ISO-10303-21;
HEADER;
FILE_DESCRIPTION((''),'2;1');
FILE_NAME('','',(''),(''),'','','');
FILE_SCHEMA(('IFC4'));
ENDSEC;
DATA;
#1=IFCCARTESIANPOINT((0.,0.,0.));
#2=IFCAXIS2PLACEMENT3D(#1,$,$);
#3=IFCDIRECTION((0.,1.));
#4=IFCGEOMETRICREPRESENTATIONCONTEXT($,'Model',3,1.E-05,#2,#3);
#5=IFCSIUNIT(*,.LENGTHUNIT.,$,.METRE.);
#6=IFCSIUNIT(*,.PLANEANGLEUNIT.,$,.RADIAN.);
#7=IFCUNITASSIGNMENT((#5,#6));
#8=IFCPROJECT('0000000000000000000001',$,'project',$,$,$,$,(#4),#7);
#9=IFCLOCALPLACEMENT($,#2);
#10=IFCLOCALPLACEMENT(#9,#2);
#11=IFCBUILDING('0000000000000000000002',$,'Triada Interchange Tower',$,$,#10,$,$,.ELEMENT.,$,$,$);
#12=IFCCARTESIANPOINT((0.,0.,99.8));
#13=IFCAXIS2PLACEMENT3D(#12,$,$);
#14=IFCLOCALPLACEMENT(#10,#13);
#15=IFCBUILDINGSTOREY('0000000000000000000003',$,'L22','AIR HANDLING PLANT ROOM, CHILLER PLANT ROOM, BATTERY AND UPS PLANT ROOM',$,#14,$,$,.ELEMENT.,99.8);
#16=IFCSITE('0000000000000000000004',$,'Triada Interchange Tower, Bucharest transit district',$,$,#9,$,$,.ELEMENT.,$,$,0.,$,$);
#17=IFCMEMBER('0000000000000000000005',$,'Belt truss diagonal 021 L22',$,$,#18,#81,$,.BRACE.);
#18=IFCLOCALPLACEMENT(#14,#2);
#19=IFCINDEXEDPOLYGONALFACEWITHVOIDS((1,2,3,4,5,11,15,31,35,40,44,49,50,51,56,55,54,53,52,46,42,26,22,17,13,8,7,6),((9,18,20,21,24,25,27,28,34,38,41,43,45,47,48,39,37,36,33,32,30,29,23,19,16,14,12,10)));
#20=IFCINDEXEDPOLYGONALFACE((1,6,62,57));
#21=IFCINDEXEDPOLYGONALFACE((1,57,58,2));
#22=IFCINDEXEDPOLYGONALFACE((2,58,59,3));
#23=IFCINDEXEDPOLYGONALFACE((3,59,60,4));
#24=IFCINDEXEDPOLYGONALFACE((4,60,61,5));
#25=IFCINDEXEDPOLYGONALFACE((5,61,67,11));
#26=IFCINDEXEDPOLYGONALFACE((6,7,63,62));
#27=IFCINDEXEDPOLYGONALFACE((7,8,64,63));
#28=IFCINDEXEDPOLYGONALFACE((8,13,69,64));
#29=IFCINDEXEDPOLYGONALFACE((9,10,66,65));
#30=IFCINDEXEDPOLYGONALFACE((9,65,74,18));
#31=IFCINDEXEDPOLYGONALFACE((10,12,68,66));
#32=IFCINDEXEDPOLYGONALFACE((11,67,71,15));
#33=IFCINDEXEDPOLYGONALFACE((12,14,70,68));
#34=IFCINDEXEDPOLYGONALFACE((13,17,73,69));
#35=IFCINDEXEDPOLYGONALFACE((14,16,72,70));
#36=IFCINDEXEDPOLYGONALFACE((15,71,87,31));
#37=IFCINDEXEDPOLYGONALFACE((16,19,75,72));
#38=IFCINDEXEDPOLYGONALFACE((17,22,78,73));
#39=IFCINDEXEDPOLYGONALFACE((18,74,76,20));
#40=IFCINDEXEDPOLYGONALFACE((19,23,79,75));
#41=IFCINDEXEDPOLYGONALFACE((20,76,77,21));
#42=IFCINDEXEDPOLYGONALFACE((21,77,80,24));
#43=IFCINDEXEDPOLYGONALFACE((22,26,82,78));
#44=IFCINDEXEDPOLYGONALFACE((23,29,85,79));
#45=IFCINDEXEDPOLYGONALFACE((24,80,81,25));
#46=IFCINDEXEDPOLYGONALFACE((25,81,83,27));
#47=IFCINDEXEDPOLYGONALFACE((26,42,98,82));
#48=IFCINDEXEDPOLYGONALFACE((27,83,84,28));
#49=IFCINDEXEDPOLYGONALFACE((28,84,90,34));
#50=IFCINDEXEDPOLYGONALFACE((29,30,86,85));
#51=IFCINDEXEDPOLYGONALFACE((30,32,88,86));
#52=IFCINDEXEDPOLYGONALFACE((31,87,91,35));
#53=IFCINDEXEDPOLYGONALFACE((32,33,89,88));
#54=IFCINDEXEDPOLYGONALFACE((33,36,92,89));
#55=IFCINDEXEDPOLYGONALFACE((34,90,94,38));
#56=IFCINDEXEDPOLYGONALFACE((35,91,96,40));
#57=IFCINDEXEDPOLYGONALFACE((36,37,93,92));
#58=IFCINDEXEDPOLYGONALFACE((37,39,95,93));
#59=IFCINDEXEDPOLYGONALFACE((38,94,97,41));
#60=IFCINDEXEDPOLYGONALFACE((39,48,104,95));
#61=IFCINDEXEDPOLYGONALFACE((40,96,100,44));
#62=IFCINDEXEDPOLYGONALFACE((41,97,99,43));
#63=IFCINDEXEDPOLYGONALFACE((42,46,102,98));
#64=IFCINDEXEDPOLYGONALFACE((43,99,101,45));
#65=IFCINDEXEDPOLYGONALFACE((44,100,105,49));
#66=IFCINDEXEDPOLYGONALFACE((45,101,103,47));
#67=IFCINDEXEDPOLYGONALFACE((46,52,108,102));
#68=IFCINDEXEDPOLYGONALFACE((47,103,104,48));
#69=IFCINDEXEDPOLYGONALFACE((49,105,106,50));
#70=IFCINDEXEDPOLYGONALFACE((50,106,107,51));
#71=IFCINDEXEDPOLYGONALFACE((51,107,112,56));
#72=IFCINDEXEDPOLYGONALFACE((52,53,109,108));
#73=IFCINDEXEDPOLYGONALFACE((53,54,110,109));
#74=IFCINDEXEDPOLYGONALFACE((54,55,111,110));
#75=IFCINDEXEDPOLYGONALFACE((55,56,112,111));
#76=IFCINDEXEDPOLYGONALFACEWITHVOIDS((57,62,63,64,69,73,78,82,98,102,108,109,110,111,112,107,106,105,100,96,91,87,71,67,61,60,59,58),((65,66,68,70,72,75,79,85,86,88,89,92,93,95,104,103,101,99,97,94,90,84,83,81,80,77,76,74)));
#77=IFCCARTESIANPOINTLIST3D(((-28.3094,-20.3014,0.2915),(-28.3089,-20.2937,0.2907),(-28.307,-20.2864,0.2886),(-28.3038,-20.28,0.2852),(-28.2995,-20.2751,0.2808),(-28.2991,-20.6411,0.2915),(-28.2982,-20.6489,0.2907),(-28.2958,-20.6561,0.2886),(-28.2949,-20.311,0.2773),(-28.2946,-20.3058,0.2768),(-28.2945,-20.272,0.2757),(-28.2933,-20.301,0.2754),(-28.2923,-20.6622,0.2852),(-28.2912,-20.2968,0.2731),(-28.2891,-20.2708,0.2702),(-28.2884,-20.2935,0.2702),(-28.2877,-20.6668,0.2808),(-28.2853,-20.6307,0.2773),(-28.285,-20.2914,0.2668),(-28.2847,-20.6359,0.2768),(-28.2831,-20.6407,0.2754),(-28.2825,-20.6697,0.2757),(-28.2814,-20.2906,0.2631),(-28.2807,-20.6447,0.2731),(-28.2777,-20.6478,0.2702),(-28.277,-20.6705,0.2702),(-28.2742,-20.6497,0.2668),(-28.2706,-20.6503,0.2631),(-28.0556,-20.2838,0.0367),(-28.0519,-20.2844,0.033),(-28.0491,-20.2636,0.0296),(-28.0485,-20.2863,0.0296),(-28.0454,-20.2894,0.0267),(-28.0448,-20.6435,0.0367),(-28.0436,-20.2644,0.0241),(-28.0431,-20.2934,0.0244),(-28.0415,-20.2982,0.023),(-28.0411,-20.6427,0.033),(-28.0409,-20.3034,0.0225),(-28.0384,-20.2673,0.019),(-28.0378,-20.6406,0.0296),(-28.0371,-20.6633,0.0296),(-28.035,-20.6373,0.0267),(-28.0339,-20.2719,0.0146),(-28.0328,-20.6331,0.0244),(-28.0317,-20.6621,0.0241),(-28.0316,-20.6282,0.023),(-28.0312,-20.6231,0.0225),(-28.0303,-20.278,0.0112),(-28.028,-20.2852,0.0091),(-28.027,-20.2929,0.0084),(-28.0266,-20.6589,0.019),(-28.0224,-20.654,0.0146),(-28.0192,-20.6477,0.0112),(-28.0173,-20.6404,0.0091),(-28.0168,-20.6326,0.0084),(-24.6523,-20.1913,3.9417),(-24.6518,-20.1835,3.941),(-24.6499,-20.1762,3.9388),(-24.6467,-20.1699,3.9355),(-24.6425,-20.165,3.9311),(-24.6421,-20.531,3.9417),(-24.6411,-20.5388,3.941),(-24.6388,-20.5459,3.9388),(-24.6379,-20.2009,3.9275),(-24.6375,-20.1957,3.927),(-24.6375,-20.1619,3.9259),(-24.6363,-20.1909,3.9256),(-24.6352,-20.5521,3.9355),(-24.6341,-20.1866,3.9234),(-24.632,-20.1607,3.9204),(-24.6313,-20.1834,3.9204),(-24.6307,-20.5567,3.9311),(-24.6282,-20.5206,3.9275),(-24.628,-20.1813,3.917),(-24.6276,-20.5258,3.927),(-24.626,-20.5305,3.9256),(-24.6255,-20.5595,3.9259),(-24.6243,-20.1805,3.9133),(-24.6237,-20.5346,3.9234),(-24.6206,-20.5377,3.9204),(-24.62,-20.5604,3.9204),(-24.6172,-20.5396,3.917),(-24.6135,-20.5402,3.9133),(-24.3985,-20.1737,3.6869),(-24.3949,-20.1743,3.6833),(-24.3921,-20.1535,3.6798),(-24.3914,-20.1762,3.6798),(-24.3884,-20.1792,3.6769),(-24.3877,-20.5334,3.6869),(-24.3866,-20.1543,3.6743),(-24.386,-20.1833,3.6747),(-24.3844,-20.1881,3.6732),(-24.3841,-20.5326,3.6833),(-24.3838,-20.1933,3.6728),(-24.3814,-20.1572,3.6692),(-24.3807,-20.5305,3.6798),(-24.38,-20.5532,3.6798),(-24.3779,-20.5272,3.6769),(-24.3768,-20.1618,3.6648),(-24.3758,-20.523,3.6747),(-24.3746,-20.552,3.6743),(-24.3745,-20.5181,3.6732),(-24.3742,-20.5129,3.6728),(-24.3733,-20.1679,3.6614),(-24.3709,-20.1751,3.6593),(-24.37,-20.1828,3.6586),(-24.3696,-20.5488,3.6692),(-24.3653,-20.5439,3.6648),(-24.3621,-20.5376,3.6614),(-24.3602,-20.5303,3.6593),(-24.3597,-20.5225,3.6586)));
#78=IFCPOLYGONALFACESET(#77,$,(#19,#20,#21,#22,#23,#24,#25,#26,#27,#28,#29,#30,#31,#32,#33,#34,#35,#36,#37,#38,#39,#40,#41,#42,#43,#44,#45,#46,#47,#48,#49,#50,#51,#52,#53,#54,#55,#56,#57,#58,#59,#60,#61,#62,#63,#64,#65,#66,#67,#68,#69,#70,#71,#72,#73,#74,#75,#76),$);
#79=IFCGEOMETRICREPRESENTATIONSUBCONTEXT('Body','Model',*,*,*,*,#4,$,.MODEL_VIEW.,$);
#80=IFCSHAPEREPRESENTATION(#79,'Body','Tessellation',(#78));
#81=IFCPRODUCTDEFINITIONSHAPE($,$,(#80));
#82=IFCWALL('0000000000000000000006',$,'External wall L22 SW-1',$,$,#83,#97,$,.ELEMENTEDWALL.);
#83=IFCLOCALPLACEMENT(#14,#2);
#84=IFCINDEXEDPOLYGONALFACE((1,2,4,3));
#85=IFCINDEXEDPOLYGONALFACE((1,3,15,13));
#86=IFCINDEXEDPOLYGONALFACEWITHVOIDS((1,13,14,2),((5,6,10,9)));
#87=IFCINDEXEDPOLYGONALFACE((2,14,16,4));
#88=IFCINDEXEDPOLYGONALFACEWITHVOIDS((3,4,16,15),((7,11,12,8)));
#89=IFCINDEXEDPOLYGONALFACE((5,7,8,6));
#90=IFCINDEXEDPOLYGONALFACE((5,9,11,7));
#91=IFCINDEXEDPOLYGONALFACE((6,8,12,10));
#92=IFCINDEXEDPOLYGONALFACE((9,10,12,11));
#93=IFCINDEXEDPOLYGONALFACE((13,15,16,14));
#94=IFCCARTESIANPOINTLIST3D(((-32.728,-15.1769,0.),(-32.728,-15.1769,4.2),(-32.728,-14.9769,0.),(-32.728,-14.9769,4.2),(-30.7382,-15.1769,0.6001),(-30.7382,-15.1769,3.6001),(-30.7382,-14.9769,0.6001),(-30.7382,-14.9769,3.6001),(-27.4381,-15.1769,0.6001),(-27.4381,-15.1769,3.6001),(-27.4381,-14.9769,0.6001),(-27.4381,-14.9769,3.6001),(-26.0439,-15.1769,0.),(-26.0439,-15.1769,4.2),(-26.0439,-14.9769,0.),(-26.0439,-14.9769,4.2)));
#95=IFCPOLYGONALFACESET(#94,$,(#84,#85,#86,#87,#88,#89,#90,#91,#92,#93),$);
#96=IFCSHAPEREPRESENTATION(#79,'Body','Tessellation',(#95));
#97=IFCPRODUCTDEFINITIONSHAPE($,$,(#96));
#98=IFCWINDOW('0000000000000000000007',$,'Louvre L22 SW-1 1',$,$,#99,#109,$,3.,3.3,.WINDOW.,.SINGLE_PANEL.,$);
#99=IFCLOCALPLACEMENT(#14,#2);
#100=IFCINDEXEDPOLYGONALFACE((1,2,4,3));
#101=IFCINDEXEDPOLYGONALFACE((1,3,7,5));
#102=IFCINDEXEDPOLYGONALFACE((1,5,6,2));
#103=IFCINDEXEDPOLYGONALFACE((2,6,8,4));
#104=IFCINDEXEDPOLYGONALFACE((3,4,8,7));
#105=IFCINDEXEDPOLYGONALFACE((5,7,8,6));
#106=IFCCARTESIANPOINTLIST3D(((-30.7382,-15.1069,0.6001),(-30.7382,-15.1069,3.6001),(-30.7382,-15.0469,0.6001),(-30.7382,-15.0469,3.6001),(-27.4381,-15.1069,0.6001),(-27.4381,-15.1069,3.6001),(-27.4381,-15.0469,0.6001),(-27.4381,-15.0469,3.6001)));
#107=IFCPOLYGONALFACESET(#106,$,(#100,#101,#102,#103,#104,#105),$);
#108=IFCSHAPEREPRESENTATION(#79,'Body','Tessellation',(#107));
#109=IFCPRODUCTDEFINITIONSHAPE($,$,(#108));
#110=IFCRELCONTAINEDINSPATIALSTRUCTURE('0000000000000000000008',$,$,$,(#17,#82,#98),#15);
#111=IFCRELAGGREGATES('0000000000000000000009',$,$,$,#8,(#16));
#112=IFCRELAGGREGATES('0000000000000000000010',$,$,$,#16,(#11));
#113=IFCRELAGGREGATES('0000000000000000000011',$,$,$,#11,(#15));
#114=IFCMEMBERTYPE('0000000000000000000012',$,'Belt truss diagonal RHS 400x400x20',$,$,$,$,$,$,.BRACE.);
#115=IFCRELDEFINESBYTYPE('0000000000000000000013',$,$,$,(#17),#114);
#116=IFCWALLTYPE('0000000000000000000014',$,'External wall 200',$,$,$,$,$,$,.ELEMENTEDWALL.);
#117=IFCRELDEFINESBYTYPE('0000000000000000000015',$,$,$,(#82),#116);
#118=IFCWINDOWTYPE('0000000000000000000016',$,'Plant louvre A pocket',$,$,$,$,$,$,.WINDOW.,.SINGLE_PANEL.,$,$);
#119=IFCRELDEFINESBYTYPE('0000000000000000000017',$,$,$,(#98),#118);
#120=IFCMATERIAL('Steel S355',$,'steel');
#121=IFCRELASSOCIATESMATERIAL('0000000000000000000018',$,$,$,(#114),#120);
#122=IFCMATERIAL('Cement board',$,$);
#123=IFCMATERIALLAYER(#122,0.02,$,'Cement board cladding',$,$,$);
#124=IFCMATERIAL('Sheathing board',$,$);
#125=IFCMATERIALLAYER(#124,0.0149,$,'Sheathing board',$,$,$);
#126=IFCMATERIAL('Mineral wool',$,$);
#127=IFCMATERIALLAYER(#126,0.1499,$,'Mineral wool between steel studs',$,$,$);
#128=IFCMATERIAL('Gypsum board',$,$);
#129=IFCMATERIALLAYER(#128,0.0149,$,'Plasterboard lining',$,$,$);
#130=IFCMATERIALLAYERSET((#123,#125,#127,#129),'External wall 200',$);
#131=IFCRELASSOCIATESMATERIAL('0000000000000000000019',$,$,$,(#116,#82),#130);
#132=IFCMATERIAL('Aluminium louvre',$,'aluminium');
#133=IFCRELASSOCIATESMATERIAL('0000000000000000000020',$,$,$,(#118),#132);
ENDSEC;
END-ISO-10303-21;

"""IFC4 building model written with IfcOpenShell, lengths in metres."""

from ifc_helpers import new_model, si_unit, direction, frame, frame_2d, origin, origin_2d, place, context, subcontext, project, spatial, rectangle, hollow_rectangle, extrude, material, layer, layer_set, layer_usage, material_profile, profile_set, type_object, element, fill, save


model = new_model("IFC4")

# Units and contexts
model_context = context("Model", 3, precision=1e-05, world=origin(), true_north=direction((0.0, 1.0)))
body_context = subcontext(model_context, "Body", "Model", "MODEL_VIEW")
ifc_project = project(units=[si_unit("LENGTHUNIT", "METRE"), si_unit("PLANEANGLEUNIT", "RADIAN")], contexts=[model_context])

# Site, building, storey
site_placement = place(None, origin())
site = spatial("IfcSite", under=ifc_project, at=site_placement, Name="Triada Interchange Tower, Bucharest transit district", CompositionType="ELEMENT", RefElevation=0.0)
building_placement = place(site_placement, origin())
building = spatial("IfcBuilding", under=site, at=building_placement, Name="Triada Interchange Tower", CompositionType="ELEMENT")
storey_placement = place(building_placement, frame((0.0, 0.0, 99.8)))
storey = spatial("IfcBuildingStorey", under=building, at=storey_placement, Name="L22", Description="AIR HANDLING PLANT ROOM, CHILLER PLANT ROOM, BATTERY AND UPS PLANT ROOM", CompositionType="ELEMENT", Elevation=99.8)

# Member
ifc_material_1 = material(Name="Steel S355", Category="steel")
ifc_material_profile_1 = material_profile(ifc_material_1, hollow_rectangle(XDim=0.3999, YDim=0.3999, WallThickness=0.02, InnerFilletRadius=0.02, OuterFilletRadius=0.03, at=origin_2d()), Name="RHS 400x400x20")
ifc_profile_set_1 = profile_set([ifc_material_profile_1], Name="Steel S355")
member_type = type_object("IfcMemberType", Name="Belt truss diagonal RHS 400x400x20", PredefinedType="BRACE", material=ifc_profile_set_1)
member_1_placement = place(storey_placement, frame((-28.1631, -20.467, 0.1499), z_axis=(0.707607, 0.021305, 0.706285), x_axis=(-0.030095, 0.999547, 0.0)))
element("IfcMember", 1, at=member_1_placement, inside=storey, type_object=member_type, Name="Belt truss diagonal 021 L22", PredefinedType="BRACE", context=body_context, shape_type="SweptSolid", body=[
    extrude(hollow_rectangle(XDim=0.3999, YDim=0.3999, WallThickness=0.02, InnerFilletRadius=0.02, OuterFilletRadius=0.03, at=origin_2d()), origin(), (0.0, 0.0, 1.0), 5.1682),
])

# Wall, opening, window
ifc_material_2 = material(Name="Cement board")
ifc_layer_1 = layer(ifc_material_2, 0.02, Name="Cement board cladding")
ifc_material_3 = material(Name="Sheathing board")
ifc_layer_2 = layer(ifc_material_3, 0.0149, Name="Sheathing board")
ifc_material_4 = material(Name="Mineral wool")
ifc_layer_3 = layer(ifc_material_4, 0.1499, Name="Mineral wool between steel studs")
ifc_material_5 = material(Name="Gypsum board")
ifc_layer_4 = layer(ifc_material_5, 0.0149, Name="Plasterboard lining")
ifc_layer_set_1 = layer_set([ifc_layer_1, ifc_layer_2, ifc_layer_3, ifc_layer_4], Name="External wall 200")
ifc_layer_usage = layer_usage(ifc_layer_set_1, "AXIS2", "POSITIVE", -0.1001)
wall_type_1 = type_object("IfcWallType", Name="External wall 200", PredefinedType="ELEMENTEDWALL", material=ifc_layer_set_1)
wall_1_placement = place(storey_placement, frame((-32.728, -15.0769, 0.0), z_axis=(0.0, 0.0, 1.0), x_axis=(1.0, 0.0, 0.0)))
wall_1 = element("IfcWall", 2, at=wall_1_placement, inside=storey, type_object=wall_type_1, material=ifc_layer_usage, Name="External wall L22 SW-1", PredefinedType="ELEMENTEDWALL", context=body_context, shape_type="SweptSolid", body=[
    extrude(rectangle(XDim=6.6841, YDim=0.2, at=frame_2d((3.342, 0.0))), origin(), (0.0, 0.0, 1.0), 4.2),
])
opening_1_placement = place(wall_1_placement, frame((1.99, 0.0, 0.6001)))
opening_1 = element("IfcOpeningElement", 3, at=opening_1_placement, cuts=wall_1, PredefinedType="OPENING", context=body_context, shape_type="SweptSolid", body=[
    extrude(rectangle(XDim=3.3, YDim=3.0, at=frame_2d((1.6499, 1.5))), frame((0.0, 0.1099, 0.0), z_axis=(0.0, -1.0, 0.0), x_axis=(1.0, 0.0, 0.0)), (0.0, 0.0, 1.0), 0.22),
])
ifc_material_6 = material(Name="Aluminium louvre", Category="aluminium")
window_type_1 = type_object("IfcWindowType", Name="Plant louvre A pocket", PartitioningType="SINGLE_PANEL", PredefinedType="WINDOW", material=ifc_material_6)
window_1_placement = place(opening_1_placement, origin())
window_1 = element("IfcWindow", 4, at=window_1_placement, inside=storey, type_object=window_type_1, Name="Louvre L22 SW-1 1", OverallHeight=3.0, OverallWidth=3.3, PartitioningType="SINGLE_PANEL", PredefinedType="WINDOW", context=body_context, shape_type="SweptSolid", body=[
    extrude(rectangle(XDim=3.3, YDim=3.0, at=frame_2d((1.6499, 1.5))), frame((0.0, 0.03, 0.0), z_axis=(0.0, -1.0, 0.0), x_axis=(1.0, 0.0, 0.0)), (0.0, 0.0, 1.0), 0.0601),
])
fill(opening_1, window_1)

save(model, "model.ifc")
